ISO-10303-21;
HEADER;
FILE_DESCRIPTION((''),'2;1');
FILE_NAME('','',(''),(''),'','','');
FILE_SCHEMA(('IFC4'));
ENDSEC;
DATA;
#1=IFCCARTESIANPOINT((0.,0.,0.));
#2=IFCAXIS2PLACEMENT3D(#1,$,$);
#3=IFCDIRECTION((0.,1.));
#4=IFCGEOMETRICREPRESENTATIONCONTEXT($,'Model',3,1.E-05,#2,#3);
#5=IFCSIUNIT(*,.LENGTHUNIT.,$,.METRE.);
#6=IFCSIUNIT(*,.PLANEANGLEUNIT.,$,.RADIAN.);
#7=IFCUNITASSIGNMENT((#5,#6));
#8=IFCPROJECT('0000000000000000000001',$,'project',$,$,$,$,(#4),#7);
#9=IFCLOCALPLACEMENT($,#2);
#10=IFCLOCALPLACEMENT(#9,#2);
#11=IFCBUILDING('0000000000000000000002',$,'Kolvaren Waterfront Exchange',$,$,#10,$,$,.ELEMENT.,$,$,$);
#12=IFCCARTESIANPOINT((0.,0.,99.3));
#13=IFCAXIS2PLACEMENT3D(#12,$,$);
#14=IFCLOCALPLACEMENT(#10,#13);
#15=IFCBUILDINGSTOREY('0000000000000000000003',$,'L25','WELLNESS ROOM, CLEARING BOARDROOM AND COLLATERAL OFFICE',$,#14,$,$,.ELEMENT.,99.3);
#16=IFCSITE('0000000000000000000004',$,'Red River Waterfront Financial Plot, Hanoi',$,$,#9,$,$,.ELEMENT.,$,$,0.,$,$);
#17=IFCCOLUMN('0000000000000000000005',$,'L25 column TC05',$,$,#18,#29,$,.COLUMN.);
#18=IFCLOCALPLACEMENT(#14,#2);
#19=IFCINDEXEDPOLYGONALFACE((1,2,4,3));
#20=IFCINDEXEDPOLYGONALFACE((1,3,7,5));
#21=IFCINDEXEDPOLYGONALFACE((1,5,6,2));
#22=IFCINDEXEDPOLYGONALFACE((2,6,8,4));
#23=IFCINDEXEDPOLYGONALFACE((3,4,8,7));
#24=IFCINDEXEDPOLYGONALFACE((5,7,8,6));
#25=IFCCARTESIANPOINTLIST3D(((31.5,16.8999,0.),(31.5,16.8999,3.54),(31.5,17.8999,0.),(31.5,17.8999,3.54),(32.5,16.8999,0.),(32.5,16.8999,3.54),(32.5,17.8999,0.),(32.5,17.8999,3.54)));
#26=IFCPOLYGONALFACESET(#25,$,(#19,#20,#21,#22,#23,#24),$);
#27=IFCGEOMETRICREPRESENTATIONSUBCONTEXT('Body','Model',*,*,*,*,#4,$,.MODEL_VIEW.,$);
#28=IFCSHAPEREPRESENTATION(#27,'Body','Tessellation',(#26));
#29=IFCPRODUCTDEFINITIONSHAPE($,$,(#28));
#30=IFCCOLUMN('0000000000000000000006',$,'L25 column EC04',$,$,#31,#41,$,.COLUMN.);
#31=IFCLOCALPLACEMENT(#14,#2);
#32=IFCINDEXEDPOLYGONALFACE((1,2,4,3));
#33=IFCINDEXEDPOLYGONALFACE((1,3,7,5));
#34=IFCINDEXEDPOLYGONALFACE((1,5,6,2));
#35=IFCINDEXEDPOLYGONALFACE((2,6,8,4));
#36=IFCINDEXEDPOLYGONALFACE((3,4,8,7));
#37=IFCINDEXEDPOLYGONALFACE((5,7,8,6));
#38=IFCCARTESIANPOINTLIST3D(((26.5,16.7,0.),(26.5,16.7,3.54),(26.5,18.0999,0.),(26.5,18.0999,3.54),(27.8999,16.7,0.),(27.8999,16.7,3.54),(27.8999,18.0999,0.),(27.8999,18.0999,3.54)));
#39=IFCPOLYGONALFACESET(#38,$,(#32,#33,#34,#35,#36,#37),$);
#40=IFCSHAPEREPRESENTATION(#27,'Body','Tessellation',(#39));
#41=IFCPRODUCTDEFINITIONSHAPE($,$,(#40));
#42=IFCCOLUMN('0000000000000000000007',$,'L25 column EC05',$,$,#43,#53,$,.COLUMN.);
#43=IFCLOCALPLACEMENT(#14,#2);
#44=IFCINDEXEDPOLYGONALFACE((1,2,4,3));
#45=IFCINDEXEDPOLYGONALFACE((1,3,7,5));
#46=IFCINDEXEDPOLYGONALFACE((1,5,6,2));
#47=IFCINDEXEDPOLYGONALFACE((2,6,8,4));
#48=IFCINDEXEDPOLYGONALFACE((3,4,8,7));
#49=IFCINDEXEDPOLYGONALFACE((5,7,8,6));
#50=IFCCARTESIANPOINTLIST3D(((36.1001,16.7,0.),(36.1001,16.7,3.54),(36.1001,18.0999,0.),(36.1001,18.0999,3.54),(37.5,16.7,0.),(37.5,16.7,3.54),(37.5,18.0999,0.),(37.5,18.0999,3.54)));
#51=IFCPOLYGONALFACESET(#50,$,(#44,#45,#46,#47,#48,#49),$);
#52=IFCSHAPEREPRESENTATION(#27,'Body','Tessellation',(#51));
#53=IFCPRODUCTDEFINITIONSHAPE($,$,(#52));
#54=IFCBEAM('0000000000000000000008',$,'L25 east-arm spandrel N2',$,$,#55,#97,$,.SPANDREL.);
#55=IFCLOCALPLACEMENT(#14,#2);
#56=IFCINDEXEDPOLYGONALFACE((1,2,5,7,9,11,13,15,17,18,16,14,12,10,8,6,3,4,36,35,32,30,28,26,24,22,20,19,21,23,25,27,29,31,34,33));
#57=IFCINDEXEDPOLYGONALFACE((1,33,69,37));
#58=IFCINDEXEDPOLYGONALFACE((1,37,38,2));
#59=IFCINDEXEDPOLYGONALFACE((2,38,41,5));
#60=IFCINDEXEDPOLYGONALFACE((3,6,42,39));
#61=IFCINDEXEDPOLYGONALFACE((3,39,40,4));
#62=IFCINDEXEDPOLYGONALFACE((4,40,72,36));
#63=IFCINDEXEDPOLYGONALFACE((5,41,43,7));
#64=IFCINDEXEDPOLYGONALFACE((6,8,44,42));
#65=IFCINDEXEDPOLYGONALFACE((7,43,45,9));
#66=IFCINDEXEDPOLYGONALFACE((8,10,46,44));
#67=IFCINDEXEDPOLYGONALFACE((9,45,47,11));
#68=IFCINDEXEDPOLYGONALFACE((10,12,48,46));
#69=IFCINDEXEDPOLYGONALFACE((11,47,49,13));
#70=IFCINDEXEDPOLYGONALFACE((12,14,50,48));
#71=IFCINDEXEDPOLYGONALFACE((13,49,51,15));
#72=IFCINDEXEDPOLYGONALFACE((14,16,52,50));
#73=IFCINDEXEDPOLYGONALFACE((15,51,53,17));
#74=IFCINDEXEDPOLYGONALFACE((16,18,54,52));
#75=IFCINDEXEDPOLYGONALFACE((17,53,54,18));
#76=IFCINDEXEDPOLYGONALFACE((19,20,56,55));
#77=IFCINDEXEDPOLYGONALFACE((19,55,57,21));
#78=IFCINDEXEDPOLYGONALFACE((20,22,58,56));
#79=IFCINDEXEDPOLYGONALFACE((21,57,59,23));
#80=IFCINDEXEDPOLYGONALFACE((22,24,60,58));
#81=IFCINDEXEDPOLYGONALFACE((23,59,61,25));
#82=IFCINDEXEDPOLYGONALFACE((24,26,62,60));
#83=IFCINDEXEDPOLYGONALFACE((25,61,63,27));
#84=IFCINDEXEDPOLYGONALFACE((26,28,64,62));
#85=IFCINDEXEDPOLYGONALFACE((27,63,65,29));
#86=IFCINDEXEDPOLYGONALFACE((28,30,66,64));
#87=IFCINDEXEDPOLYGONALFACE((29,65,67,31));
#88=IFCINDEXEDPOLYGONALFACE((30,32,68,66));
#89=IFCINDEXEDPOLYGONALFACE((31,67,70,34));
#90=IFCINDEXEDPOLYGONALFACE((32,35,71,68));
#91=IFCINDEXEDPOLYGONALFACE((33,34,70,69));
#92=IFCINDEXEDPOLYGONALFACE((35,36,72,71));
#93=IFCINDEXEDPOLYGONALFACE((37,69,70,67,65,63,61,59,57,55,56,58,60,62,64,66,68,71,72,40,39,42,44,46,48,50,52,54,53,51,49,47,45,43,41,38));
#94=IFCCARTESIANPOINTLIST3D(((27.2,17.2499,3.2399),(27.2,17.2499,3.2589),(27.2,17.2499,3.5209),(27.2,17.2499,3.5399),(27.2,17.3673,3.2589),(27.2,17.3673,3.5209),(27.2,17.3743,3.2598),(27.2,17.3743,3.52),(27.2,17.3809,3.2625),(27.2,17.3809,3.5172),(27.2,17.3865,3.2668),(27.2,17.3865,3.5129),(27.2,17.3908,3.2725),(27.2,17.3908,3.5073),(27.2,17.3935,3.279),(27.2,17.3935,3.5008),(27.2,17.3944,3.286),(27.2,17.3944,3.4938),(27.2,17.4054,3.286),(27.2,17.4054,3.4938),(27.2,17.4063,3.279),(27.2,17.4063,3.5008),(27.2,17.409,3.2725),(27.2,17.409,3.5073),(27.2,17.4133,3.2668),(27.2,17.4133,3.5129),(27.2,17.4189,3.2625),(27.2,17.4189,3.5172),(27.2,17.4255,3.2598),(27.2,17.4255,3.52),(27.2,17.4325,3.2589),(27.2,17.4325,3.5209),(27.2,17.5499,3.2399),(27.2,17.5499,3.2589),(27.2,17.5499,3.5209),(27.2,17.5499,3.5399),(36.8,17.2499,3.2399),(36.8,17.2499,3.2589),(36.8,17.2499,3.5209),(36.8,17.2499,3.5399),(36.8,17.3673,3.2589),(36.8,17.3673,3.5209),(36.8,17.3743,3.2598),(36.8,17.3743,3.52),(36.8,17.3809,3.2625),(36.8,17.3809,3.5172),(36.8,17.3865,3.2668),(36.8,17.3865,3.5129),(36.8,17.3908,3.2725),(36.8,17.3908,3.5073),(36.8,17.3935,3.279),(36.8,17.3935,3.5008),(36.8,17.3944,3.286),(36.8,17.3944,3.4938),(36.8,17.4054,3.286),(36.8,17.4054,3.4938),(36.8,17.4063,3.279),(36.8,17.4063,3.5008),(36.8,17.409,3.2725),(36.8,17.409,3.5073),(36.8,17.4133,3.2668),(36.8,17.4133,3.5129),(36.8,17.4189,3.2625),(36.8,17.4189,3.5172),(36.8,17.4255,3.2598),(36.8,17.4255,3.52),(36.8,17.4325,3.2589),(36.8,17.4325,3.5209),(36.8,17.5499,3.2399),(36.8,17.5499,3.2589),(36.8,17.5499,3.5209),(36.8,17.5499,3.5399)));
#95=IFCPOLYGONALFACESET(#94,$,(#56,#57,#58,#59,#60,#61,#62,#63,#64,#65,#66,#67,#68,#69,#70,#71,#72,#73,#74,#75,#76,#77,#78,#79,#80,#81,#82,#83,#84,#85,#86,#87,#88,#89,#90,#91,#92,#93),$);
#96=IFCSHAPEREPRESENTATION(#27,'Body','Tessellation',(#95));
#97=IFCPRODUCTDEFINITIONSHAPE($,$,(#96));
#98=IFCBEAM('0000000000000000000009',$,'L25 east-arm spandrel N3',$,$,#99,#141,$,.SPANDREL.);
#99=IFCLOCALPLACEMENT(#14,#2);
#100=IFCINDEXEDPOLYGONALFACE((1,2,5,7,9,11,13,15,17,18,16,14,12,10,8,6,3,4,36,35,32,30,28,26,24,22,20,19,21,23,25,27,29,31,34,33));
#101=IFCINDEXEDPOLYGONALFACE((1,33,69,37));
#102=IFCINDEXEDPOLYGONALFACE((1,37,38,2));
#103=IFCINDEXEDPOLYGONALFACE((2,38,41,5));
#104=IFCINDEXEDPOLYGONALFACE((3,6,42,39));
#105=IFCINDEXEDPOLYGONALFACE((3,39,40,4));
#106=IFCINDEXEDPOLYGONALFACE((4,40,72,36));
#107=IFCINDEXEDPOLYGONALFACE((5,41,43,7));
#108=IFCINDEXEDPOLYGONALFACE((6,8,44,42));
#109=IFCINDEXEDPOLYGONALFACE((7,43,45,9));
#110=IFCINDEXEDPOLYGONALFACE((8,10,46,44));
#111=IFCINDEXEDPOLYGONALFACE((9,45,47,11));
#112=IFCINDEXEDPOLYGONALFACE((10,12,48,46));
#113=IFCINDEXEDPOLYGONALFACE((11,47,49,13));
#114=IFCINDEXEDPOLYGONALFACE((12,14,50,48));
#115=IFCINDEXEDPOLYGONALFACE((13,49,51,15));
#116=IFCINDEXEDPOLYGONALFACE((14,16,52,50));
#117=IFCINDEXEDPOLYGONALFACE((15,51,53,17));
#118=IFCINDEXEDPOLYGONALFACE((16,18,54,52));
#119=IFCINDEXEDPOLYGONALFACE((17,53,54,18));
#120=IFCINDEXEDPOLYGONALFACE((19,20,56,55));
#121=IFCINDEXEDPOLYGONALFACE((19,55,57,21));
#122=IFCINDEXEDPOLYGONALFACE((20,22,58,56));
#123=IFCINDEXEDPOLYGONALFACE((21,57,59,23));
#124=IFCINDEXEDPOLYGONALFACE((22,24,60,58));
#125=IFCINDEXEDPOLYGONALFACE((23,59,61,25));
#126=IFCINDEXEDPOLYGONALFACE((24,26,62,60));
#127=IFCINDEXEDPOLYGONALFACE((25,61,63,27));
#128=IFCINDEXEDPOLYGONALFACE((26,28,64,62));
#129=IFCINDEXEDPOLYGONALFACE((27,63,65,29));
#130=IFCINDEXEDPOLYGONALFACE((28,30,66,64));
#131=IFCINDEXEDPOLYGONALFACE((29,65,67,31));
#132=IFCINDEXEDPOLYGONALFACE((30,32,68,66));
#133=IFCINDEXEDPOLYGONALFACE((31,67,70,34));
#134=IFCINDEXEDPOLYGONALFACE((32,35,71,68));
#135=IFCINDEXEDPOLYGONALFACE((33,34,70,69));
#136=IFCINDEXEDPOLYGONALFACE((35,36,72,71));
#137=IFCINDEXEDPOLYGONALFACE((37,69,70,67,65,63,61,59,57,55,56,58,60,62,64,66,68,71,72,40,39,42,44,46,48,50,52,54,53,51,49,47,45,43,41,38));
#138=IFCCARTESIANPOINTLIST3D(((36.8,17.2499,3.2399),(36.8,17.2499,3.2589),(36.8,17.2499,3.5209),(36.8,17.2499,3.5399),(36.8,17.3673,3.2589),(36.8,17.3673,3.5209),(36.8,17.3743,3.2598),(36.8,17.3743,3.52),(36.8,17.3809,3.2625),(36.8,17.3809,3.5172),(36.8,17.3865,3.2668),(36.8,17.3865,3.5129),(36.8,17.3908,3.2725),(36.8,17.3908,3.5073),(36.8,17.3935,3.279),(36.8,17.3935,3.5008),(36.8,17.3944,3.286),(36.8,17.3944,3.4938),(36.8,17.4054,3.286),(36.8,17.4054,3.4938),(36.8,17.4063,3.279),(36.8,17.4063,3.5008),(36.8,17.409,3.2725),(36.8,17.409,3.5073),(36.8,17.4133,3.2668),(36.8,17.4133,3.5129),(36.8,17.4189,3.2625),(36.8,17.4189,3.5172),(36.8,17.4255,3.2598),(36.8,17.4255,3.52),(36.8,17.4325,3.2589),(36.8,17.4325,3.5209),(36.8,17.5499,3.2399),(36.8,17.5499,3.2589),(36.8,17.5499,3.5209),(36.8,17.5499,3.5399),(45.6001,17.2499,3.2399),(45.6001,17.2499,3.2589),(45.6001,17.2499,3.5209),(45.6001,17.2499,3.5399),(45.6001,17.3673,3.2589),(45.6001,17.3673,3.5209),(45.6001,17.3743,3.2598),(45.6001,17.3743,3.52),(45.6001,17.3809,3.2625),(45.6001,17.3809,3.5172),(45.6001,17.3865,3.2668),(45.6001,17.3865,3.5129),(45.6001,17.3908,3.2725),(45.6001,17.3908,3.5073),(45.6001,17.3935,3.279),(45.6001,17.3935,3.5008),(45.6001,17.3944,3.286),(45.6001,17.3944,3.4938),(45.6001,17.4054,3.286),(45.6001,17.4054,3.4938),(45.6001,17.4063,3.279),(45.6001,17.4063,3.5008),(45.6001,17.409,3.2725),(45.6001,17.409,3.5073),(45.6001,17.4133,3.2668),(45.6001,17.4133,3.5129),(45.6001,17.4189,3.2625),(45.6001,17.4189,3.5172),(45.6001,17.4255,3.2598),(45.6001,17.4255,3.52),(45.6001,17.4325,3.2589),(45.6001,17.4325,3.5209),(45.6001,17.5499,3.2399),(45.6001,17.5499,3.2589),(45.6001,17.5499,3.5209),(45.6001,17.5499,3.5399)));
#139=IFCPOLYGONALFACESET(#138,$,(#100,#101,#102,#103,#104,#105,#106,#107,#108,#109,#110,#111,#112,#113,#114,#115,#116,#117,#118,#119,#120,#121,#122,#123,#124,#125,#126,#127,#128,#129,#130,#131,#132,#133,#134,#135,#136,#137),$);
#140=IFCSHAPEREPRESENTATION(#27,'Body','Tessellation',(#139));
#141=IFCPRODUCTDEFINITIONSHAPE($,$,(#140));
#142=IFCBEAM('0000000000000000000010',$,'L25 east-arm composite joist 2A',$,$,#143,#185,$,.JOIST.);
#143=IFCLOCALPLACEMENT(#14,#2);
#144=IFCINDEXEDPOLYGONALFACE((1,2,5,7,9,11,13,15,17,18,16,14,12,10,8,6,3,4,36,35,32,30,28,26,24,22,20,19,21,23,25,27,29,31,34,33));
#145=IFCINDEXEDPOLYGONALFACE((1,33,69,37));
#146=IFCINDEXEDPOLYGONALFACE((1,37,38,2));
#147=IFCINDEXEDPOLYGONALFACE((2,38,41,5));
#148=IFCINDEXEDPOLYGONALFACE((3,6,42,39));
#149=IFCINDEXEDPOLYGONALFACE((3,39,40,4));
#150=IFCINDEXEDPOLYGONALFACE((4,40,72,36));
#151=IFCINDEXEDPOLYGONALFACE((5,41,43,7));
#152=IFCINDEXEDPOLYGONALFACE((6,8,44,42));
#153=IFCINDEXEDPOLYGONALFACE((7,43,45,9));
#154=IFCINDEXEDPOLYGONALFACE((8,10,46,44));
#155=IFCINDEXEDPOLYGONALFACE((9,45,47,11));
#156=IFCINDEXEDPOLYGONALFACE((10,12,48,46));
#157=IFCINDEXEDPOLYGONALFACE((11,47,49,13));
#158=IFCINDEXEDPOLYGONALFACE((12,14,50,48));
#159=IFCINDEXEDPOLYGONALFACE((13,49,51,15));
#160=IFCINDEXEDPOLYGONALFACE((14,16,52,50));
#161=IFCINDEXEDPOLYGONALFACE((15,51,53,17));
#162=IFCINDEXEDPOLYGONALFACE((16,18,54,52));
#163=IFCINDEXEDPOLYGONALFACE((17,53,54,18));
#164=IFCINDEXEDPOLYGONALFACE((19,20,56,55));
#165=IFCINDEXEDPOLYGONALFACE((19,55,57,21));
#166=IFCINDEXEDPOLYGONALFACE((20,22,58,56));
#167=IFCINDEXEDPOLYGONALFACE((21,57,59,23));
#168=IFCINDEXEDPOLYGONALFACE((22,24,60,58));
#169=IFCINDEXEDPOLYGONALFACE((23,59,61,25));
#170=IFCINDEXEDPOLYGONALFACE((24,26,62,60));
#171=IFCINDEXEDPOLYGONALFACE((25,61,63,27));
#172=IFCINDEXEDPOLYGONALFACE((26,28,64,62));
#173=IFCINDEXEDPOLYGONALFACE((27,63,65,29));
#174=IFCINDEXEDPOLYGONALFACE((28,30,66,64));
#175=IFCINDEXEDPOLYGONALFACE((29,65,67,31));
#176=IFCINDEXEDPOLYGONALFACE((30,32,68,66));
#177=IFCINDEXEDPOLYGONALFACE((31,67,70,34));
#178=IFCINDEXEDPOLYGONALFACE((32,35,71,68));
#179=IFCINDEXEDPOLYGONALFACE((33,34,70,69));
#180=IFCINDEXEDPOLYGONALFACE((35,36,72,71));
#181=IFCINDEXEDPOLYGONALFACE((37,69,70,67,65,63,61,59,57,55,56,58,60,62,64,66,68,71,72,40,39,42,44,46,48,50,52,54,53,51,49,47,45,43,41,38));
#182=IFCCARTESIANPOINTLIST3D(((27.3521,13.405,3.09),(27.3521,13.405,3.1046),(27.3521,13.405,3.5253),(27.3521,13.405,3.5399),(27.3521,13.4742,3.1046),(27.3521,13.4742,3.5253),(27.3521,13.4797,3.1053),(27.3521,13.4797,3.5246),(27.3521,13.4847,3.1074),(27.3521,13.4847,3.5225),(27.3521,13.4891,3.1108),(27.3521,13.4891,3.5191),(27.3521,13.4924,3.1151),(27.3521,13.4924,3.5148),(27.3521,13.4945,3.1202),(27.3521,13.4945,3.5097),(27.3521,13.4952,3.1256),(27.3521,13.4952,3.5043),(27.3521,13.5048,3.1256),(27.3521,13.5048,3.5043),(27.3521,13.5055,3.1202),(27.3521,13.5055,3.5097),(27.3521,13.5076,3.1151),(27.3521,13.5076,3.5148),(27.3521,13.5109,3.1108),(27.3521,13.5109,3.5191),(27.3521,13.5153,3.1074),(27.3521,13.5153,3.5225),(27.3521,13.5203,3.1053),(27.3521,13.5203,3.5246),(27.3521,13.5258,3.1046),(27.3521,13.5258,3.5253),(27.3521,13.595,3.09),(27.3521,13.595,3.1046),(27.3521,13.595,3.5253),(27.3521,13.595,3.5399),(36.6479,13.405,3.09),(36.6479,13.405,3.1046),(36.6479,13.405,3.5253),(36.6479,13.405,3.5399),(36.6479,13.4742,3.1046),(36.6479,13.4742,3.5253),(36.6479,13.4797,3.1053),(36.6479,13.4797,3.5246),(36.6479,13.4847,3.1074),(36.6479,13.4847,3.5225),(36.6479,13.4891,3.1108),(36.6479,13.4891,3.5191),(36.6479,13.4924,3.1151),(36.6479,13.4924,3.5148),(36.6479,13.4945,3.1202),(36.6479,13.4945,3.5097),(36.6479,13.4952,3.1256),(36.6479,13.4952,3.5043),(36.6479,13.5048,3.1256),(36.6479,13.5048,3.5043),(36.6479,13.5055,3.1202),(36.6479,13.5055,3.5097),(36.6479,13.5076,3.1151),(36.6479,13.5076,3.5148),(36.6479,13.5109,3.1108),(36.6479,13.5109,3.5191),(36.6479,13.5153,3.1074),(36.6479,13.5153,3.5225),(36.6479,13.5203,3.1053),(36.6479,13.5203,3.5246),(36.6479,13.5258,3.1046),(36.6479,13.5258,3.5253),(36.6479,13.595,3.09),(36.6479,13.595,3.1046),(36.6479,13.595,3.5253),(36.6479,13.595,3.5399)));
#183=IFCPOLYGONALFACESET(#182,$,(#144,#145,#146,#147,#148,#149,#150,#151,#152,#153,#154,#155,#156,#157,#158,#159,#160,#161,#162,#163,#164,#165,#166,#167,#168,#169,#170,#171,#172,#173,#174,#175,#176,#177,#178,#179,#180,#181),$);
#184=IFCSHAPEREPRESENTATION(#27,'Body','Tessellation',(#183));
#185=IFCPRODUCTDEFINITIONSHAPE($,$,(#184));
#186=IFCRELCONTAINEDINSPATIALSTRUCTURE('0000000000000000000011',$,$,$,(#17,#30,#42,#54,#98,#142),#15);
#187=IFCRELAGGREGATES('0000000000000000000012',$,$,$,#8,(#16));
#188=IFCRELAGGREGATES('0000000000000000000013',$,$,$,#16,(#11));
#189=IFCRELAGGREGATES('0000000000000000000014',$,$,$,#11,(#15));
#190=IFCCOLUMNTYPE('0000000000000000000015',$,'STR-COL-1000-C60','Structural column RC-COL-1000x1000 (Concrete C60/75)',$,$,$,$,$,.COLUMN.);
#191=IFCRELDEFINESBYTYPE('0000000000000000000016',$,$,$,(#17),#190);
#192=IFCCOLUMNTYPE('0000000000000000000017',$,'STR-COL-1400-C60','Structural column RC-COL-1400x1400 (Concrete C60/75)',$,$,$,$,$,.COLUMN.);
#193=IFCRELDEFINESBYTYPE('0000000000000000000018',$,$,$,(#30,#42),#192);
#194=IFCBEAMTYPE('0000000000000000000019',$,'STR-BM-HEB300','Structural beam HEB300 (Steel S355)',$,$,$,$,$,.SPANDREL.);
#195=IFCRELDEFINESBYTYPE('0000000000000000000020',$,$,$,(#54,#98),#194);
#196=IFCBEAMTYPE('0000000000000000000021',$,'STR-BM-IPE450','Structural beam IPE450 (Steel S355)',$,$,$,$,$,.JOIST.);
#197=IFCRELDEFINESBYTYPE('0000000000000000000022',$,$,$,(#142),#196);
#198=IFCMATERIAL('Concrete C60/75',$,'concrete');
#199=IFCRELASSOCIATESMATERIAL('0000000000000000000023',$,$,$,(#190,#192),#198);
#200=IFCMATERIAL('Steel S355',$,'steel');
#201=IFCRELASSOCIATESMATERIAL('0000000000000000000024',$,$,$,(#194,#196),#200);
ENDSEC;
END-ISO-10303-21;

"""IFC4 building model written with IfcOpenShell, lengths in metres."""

from ifc_helpers import new_model, si_unit, direction, frame, origin, origin_2d, place, context, subcontext, project, spatial, rectangle, i_section, extrude, material, material_profile, profile_set, type_object, element, save


model = new_model("IFC4")

# Units and contexts
model_context = context("Model", 3, precision=1e-05, world=origin(), true_north=direction((0.0, 1.0)))
body_context = subcontext(model_context, "Body", "Model", "MODEL_VIEW")
ifc_project = project(units=[si_unit("LENGTHUNIT", "METRE"), si_unit("PLANEANGLEUNIT", "RADIAN")], contexts=[model_context])

# Site, building, storey
site_placement = place(None, origin())
site = spatial("IfcSite", under=ifc_project, at=site_placement, Name="Red River Waterfront Financial Plot, Hanoi", CompositionType="ELEMENT", RefElevation=0.0)
building_placement = place(site_placement, origin())
building = spatial("IfcBuilding", under=site, at=building_placement, Name="Kolvaren Waterfront Exchange", CompositionType="ELEMENT")
storey_placement = place(building_placement, frame((0.0, 0.0, 99.3)))
storey = spatial("IfcBuildingStorey", under=building, at=storey_placement, Name="L25", Description="WELLNESS ROOM, CLEARING BOARDROOM AND COLLATERAL OFFICE", CompositionType="ELEMENT", Elevation=99.3)

# Columns
ifc_material_1 = material(Name="Concrete C60/75", Category="concrete")
ifc_material_profile_1 = material_profile(ifc_material_1, rectangle(XDim=1.0, YDim=1.0, at=origin_2d()), Name="RC-COL-1000x1000")
ifc_profile_set_1 = profile_set([ifc_material_profile_1], Name="Concrete C60/75")
column_type_1 = type_object("IfcColumnType", Name="STR-COL-1000-C60", Description="Structural column RC-COL-1000x1000 (Concrete C60/75)", PredefinedType="COLUMN", material=ifc_profile_set_1)
column_placement = place(storey_placement, frame((32.0, 17.3999, 0.0), z_axis=(0.0, 0.0, 1.0), x_axis=(1.0, 0.0, 0.0)))
element("IfcColumn", 1, at=column_placement, inside=storey, type_object=column_type_1, Name="L25 column TC05", PredefinedType="COLUMN", context=body_context, shape_type="SweptSolid", body=[
    extrude(rectangle(XDim=1.0, YDim=1.0, at=origin_2d()), origin(), (0.0, 0.0, 1.0), 3.54),
])
ifc_material_profile_2 = material_profile(ifc_material_1, rectangle(XDim=1.3999, YDim=1.3999, at=origin_2d()), Name="RC-COL-1400x1400")
ifc_profile_set_2 = profile_set([ifc_material_profile_2], Name="Concrete C60/75")
column_type_2 = type_object("IfcColumnType", Name="STR-COL-1400-C60", Description="Structural column RC-COL-1400x1400 (Concrete C60/75)", PredefinedType="COLUMN", material=ifc_profile_set_2)
for number, where, z_axis, x_axis, name in (
    (2, (27.2, 17.3999, 0.0), (0.0, 0.0, 1.0), (1.0, 0.0, 0.0), "L25 column EC04"),
    (3, (36.8, 17.3999, 0.0), (0.0, 0.0, 1.0), (1.0, 0.0, 0.0), "L25 column EC05"),
):
    element("IfcColumn", number, at=place(storey_placement, frame(where, z_axis=z_axis, x_axis=x_axis)), inside=storey, type_object=column_type_2, Name=name, PredefinedType="COLUMN", context=body_context, shape_type="SweptSolid", body=[
        extrude(rectangle(XDim=1.3999, YDim=1.3999, at=origin_2d()), origin(), (0.0, 0.0, 1.0), 3.54),
    ])

# Beams
ifc_material_2 = material(Name="Steel S355", Category="steel")
ifc_material_profile_3 = material_profile(ifc_material_2, i_section(OverallWidth=0.3, OverallDepth=0.3, WebThickness=0.011, FlangeThickness=0.019, FilletRadius=0.0271, at=origin_2d()), Name="HEB300")
ifc_profile_set_3 = profile_set([ifc_material_profile_3], Name="Steel S355")
beam_type_1 = type_object("IfcBeamType", Name="STR-BM-HEB300", Description="Structural beam HEB300 (Steel S355)", PredefinedType="SPANDREL", material=ifc_profile_set_3)
beam_1_placement = place(storey_placement, frame((27.2, 17.3999, 3.3899), z_axis=(1.0, 0.0, 0.0), x_axis=(0.0, 1.0, 0.0)))
element("IfcBeam", 4, at=beam_1_placement, inside=storey, type_object=beam_type_1, Name="L25 east-arm spandrel N2", PredefinedType="SPANDREL", context=body_context, shape_type="SweptSolid", body=[
    extrude(i_section(OverallWidth=0.3, OverallDepth=0.3, WebThickness=0.011, FlangeThickness=0.019, FilletRadius=0.0271, at=origin_2d()), origin(), (0.0, 0.0, 1.0), 9.6001),
])
beam_2_placement = place(storey_placement, frame((36.8, 17.3999, 3.3899), z_axis=(1.0, 0.0, 0.0), x_axis=(0.0, 1.0, 0.0)))
element("IfcBeam", 5, at=beam_2_placement, inside=storey, type_object=beam_type_1, Name="L25 east-arm spandrel N3", PredefinedType="SPANDREL", context=body_context, shape_type="SweptSolid", body=[
    extrude(i_section(OverallWidth=0.3, OverallDepth=0.3, WebThickness=0.011, FlangeThickness=0.019, FilletRadius=0.0271, at=origin_2d()), origin(), (0.0, 0.0, 1.0), 8.8),
])
ifc_material_profile_4 = material_profile(ifc_material_2, i_section(OverallWidth=0.1899, OverallDepth=0.45, WebThickness=0.0095, FlangeThickness=0.0146, FilletRadius=0.021, at=origin_2d()), Name="IPE450")
ifc_profile_set_4 = profile_set([ifc_material_profile_4], Name="Steel S355")
beam_type_2 = type_object("IfcBeamType", Name="STR-BM-IPE450", Description="Structural beam IPE450 (Steel S355)", PredefinedType="JOIST", material=ifc_profile_set_4)
for number, where, z_axis, x_axis, name in (
    (6, (27.3521, 13.5, 3.3149), (1.0, 0.0, 0.0), (0.0, 1.0, 0.0), "L25 east-arm composite joist 2A"),
):
    element("IfcBeam", number, at=place(storey_placement, frame(where, z_axis=z_axis, x_axis=x_axis)), inside=storey, type_object=beam_type_2, Name=name, PredefinedType="JOIST", context=body_context, shape_type="SweptSolid", body=[
        extrude(i_section(OverallWidth=0.1899, OverallDepth=0.45, WebThickness=0.0095, FlangeThickness=0.0146, FilletRadius=0.021, at=origin_2d()), origin(), (0.0, 0.0, 1.0), 9.2959),
    ])

save(model, "model.ifc")
